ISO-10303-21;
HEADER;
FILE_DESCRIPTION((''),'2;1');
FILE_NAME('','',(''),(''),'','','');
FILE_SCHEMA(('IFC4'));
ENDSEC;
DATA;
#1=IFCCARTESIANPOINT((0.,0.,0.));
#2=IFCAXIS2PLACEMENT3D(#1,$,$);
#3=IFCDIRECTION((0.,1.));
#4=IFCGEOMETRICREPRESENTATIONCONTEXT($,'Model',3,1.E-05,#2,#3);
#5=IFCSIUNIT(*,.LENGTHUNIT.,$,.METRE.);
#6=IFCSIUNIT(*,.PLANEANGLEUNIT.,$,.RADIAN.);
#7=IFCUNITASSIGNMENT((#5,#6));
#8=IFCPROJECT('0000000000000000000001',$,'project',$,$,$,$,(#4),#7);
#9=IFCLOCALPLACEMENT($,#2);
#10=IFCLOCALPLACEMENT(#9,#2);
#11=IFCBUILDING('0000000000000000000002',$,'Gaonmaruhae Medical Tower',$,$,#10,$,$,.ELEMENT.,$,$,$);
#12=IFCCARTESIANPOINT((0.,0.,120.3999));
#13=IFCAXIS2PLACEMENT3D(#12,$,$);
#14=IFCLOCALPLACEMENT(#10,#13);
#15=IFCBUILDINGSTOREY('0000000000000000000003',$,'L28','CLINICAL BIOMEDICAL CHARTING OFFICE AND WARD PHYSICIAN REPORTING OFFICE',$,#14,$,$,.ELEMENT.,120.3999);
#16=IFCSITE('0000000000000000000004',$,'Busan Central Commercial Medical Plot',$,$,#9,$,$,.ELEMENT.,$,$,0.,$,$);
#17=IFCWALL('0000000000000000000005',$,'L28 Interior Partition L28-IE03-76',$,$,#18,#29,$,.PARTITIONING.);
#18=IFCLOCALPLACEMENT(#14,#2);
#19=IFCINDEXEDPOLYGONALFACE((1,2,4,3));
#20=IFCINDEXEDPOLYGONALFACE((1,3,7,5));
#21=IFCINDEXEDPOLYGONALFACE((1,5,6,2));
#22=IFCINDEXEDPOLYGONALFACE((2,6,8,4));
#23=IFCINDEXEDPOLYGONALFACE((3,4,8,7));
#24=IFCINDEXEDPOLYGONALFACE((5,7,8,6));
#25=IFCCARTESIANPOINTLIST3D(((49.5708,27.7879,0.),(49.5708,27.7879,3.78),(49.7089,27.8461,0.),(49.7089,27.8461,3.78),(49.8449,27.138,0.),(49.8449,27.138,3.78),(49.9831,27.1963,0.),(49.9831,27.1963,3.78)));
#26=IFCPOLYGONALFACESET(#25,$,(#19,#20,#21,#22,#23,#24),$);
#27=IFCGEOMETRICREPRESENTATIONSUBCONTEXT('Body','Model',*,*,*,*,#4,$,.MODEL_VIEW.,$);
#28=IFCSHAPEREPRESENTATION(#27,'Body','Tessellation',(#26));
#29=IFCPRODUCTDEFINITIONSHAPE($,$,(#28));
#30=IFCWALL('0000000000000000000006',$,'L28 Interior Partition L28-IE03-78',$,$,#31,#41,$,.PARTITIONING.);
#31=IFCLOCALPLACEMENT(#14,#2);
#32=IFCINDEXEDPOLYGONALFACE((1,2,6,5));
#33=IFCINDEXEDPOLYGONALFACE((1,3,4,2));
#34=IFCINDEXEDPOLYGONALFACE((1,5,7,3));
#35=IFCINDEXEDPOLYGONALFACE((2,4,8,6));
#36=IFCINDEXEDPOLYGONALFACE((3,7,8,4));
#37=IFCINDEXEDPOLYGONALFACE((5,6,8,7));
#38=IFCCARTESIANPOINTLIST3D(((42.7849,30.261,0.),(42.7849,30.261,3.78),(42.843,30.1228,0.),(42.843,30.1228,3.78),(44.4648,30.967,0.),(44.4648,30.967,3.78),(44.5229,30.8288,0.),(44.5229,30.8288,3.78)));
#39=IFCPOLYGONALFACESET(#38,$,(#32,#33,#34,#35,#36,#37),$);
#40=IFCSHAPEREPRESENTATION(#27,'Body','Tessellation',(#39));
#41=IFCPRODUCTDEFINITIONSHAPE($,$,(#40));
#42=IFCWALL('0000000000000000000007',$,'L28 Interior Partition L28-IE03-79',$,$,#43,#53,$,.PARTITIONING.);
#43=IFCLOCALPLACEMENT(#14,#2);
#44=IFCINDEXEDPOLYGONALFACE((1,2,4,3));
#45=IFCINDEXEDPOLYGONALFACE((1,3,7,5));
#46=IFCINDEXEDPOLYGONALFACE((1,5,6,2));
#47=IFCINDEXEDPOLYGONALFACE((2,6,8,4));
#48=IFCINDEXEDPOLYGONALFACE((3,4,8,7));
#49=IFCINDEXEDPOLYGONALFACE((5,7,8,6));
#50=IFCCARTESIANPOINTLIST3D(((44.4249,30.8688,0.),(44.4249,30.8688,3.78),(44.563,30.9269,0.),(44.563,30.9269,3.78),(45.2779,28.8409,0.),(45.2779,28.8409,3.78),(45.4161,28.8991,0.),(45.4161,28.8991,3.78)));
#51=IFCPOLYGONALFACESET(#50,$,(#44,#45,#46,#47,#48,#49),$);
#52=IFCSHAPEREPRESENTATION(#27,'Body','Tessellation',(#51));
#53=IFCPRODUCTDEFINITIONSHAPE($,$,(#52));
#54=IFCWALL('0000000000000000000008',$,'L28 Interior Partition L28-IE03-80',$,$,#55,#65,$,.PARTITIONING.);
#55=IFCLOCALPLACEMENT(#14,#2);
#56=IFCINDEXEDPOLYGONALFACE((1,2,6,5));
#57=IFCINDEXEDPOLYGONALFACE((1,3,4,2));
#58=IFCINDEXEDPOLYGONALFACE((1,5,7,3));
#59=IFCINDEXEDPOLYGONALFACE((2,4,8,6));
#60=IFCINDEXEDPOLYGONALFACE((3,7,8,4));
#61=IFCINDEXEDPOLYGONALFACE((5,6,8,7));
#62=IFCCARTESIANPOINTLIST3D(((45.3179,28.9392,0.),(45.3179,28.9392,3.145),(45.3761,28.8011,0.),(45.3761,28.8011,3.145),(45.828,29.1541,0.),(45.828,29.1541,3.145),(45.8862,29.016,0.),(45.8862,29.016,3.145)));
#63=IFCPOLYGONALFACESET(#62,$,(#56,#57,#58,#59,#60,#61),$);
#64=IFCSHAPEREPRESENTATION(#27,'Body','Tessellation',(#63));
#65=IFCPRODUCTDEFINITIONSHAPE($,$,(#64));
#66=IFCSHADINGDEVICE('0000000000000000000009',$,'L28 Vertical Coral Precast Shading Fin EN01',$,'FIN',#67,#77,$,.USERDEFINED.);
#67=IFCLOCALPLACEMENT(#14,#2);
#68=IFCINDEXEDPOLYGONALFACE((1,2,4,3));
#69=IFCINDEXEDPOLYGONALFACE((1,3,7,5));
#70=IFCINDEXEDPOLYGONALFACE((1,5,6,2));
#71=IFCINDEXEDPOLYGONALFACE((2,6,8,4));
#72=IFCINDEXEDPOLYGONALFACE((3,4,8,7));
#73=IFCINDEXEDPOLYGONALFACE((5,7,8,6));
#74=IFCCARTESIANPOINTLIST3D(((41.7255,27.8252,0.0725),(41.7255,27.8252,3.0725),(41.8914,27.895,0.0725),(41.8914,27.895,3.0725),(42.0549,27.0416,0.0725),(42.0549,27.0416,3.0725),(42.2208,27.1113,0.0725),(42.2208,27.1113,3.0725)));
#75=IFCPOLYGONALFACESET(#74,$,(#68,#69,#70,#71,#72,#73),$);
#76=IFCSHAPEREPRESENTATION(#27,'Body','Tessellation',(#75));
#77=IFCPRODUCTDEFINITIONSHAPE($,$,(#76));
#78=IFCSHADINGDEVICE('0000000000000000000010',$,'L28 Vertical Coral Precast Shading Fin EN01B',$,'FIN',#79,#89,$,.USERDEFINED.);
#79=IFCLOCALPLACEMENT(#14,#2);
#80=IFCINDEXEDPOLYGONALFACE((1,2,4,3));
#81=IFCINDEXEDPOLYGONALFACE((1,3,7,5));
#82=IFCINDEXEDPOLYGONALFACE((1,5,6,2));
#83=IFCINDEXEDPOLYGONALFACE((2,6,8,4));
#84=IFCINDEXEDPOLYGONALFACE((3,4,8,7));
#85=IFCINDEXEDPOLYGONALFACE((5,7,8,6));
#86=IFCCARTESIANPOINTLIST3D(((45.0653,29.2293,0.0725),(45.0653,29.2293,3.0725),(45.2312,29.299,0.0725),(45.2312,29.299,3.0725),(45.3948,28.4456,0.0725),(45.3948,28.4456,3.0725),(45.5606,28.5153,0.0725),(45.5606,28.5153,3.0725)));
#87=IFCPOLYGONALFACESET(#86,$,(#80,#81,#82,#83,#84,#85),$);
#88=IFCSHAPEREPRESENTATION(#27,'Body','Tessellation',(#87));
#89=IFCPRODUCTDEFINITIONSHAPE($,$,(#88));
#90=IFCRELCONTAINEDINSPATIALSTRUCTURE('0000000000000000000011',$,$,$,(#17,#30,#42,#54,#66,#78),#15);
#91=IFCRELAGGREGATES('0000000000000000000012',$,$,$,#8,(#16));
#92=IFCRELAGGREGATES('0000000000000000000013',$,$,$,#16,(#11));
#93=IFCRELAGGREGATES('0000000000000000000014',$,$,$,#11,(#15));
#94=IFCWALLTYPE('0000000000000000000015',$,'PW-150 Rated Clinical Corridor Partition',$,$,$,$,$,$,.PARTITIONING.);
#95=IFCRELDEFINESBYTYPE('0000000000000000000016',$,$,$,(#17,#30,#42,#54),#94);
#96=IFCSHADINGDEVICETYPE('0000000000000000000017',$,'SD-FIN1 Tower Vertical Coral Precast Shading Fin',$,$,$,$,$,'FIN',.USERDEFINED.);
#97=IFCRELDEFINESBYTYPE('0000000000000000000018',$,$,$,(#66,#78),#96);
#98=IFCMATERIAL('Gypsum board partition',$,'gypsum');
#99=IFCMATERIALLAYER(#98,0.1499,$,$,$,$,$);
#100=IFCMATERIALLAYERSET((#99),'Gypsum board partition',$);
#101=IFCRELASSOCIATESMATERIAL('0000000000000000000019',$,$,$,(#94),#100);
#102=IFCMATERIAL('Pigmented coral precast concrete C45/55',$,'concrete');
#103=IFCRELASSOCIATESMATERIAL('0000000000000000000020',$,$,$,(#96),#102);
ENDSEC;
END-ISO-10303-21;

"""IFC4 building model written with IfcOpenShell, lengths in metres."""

from ifc_helpers import new_model, si_unit, direction, frame, frame_2d, origin, origin_2d, place, context, subcontext, project, spatial, rectangle, extrude, material, layer, layer_set, type_object, element, save


model = new_model("IFC4")

# Units and contexts
model_context = context("Model", 3, precision=1e-05, world=origin(), true_north=direction((0.0, 1.0)))
body_context = subcontext(model_context, "Body", "Model", "MODEL_VIEW")
ifc_project = project(units=[si_unit("LENGTHUNIT", "METRE"), si_unit("PLANEANGLEUNIT", "RADIAN")], contexts=[model_context])

# Site, building, storey
site_placement = place(None, origin())
site = spatial("IfcSite", under=ifc_project, at=site_placement, Name="Busan Central Commercial Medical Plot", CompositionType="ELEMENT", RefElevation=0.0)
building_placement = place(site_placement, origin())
building = spatial("IfcBuilding", under=site, at=building_placement, Name="Gaonmaruhae Medical Tower", CompositionType="ELEMENT")
storey_placement = place(building_placement, frame((0.0, 0.0, 120.3999)))
storey = spatial("IfcBuildingStorey", under=building, at=storey_placement, Name="L28", Description="CLINICAL BIOMEDICAL CHARTING OFFICE AND WARD PHYSICIAN REPORTING OFFICE", CompositionType="ELEMENT", Elevation=120.3999)

# Shared definitions
ifc_material_1 = material(Name="Gypsum board partition", Category="gypsum")
ifc_layer_1 = layer(ifc_material_1, 0.1499)
ifc_layer_set_1 = layer_set([ifc_layer_1], Name="Gypsum board partition")
wall_type_1 = type_object("IfcWallType", Name="PW-150 Rated Clinical Corridor Partition", PredefinedType="PARTITIONING", material=ifc_layer_set_1)

# Wall
wall_1_placement = place(storey_placement, frame((49.6399, 27.8169, 0.0), z_axis=(0.0, 0.0, 1.0), x_axis=(0.388691, -0.921368, 0.0)))
element("IfcWall", 1, at=wall_1_placement, inside=storey, type_object=wall_type_1, Name="L28 Interior Partition L28-IE03-76", PredefinedType="PARTITIONING", context=body_context, shape_type="SweptSolid", body=[
    extrude(rectangle(XDim=0.7053, YDim=0.1499, at=frame_2d((0.3525, 0.0))), origin(), (0.0, 0.0, 1.0), 3.78),
])

# Walls
wall_2_placement = place(storey_placement, frame((42.814, 30.1919, 0.0), z_axis=(0.0, 0.0, 1.0), x_axis=(0.921887, 0.387458, 0.0)))
element("IfcWall", 2, at=wall_2_placement, inside=storey, type_object=wall_type_1, Name="L28 Interior Partition L28-IE03-78", PredefinedType="PARTITIONING", context=body_context, shape_type="SweptSolid", body=[
    extrude(rectangle(XDim=1.8223, YDim=0.1499, at=frame_2d((0.9111, 0.0))), origin(), (0.0, 0.0, 1.0), 3.78),
])
wall_3_placement = place(storey_placement, frame((44.4939, 30.8979, 0.0), z_axis=(0.0, 0.0, 1.0), x_axis=(0.387749, -0.921765, 0.0)))
element("IfcWall", 3, at=wall_3_placement, inside=storey, type_object=wall_type_1, Name="L28 Interior Partition L28-IE03-79", PredefinedType="PARTITIONING", context=body_context, shape_type="SweptSolid", body=[
    extrude(rectangle(XDim=2.2, YDim=0.1499, at=frame_2d((1.1001, 0.0))), origin(), (0.0, 0.0, 1.0), 3.78),
])
wall_4_placement = place(storey_placement, frame((45.3469, 28.8701, 0.0), z_axis=(0.0, 0.0, 1.0), x_axis=(0.921569, 0.388215, 0.0)))
element("IfcWall", 4, at=wall_4_placement, inside=storey, type_object=wall_type_1, Name="L28 Interior Partition L28-IE03-80", PredefinedType="PARTITIONING", context=body_context, shape_type="SweptSolid", body=[
    extrude(rectangle(XDim=0.5535, YDim=0.1499, at=frame_2d((0.2769, 0.0))), origin(), (0.0, 0.0, 1.0), 3.145),
])

# Shading devices
ifc_material_2 = material(Name="Pigmented coral precast concrete C45/55", Category="concrete")
shading_device_type = type_object("IfcShadingDeviceType", Name="SD-FIN1 Tower Vertical Coral Precast Shading Fin", ElementType="FIN", PredefinedType="USERDEFINED", material=ifc_material_2)
for number, where, z_axis, x_axis, name in (
    (5, (41.9731, 27.4683, 0.0725), (0.0, 0.0, 1.0), (0.921863, 0.387516, 0.0), "L28 Vertical Coral Precast Shading Fin EN01"),
    (6, (45.313, 28.8723, 0.0725), (0.0, 0.0, 1.0), (0.921863, 0.387516, 0.0), "L28 Vertical Coral Precast Shading Fin EN01B"),
):
    element("IfcShadingDevice", number, at=place(storey_placement, frame(where, z_axis=z_axis, x_axis=x_axis)), inside=storey, type_object=shading_device_type, Name=name, ObjectType="FIN", PredefinedType="USERDEFINED", context=body_context, shape_type="SweptSolid", body=[
        extrude(rectangle(XDim=0.1799, YDim=0.8501, at=origin_2d()), origin(), (0.0, 0.0, 1.0), 3.0),
    ])

save(model, "model.ifc")
